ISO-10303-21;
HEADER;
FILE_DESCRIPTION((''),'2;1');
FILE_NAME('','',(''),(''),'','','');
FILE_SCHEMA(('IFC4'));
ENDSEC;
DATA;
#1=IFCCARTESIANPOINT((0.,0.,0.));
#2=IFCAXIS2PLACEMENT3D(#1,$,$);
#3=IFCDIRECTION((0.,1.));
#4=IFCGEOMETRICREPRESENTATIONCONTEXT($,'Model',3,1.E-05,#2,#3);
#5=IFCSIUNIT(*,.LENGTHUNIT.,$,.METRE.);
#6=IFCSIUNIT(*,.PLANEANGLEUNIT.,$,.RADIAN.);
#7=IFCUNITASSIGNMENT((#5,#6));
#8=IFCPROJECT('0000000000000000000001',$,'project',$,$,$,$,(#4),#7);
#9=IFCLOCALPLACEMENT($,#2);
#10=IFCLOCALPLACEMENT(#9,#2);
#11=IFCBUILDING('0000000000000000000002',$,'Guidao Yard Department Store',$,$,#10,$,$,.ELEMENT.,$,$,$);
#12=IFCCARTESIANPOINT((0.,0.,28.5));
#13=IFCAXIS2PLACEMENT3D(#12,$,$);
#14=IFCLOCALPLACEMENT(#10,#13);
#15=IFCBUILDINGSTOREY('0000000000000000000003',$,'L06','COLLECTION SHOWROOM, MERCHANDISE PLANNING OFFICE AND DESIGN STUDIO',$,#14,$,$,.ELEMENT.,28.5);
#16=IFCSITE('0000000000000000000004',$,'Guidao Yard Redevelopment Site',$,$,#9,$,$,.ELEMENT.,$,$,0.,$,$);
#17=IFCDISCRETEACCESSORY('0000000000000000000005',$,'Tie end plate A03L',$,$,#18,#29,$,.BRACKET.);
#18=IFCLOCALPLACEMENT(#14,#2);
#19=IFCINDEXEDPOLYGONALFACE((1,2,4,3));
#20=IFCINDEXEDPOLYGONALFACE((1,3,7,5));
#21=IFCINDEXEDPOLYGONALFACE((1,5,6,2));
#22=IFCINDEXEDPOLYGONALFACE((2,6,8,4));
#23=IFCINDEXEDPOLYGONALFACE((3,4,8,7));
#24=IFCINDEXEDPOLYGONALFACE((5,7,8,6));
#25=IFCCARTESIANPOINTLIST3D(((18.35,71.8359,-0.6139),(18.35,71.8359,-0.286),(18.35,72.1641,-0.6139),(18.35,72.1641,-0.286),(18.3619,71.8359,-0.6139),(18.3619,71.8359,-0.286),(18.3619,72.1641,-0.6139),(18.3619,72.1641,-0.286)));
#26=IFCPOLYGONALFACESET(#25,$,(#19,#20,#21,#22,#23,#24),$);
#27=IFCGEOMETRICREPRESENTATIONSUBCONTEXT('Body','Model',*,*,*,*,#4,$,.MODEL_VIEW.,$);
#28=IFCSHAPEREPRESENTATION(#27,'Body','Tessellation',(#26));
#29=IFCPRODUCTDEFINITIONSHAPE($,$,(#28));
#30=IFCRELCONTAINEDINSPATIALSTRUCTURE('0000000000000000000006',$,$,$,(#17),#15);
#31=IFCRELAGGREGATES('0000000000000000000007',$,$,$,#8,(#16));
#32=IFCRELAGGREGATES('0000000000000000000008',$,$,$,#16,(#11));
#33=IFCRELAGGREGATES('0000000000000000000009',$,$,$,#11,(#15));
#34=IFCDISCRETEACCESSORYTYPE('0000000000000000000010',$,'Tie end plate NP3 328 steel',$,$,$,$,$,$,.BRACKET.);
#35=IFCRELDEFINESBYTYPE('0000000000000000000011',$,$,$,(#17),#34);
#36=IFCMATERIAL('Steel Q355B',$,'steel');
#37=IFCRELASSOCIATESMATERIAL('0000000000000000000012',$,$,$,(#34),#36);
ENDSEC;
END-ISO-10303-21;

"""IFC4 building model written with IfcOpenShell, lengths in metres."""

from ifc_helpers import new_model, si_unit, direction, frame, origin, origin_2d, place, context, subcontext, project, spatial, rectangle, extrude, material, material_profile, profile_set, type_object, element, save


model = new_model("IFC4")

# Units and contexts
model_context = context("Model", 3, precision=1e-05, world=origin(), true_north=direction((0.0, 1.0)))
body_context = subcontext(model_context, "Body", "Model", "MODEL_VIEW")
ifc_project = project(units=[si_unit("LENGTHUNIT", "METRE"), si_unit("PLANEANGLEUNIT", "RADIAN")], contexts=[model_context])

# Site, building, storey
site_placement = place(None, origin())
site = spatial("IfcSite", under=ifc_project, at=site_placement, Name="Guidao Yard Redevelopment Site", CompositionType="ELEMENT", RefElevation=0.0)
building_placement = place(site_placement, origin())
building = spatial("IfcBuilding", under=site, at=building_placement, Name="Guidao Yard Department Store", CompositionType="ELEMENT")
storey_placement = place(building_placement, frame((0.0, 0.0, 28.5)))
storey = spatial("IfcBuildingStorey", under=building, at=storey_placement, Name="L06", Description="COLLECTION SHOWROOM, MERCHANDISE PLANNING OFFICE AND DESIGN STUDIO", CompositionType="ELEMENT", Elevation=28.5)

# Discrete accessory
ifc_material_1 = material(Name="Steel Q355B", Category="steel")
ifc_material_profile_1 = material_profile(ifc_material_1, rectangle(XDim=0.3279, YDim=0.012, at=origin_2d()), Name="Node plate 328x12")
ifc_profile_set_1 = profile_set([ifc_material_profile_1], Name="Steel Q355B")
discrete_accessory_type_1 = type_object("IfcDiscreteAccessoryType", Name="Tie end plate NP3 328 steel", PredefinedType="BRACKET", material=ifc_profile_set_1)
for number, where, z_axis, x_axis, name in (
    (1, (18.356, 71.8359, -0.45), (0.0, 1.0, 0.0), (0.0, 0.0, 1.0), "Tie end plate A03L"),
):
    element("IfcDiscreteAccessory", number, at=place(storey_placement, frame(where, z_axis=z_axis, x_axis=x_axis)), inside=storey, type_object=discrete_accessory_type_1, Name=name, PredefinedType="BRACKET", context=body_context, shape_type="SweptSolid", body=[
        extrude(rectangle(XDim=0.3279, YDim=0.012, at=origin_2d()), origin(), (0.0, 0.0, 1.0), 0.3281),
    ])

save(model, "model.ifc")
